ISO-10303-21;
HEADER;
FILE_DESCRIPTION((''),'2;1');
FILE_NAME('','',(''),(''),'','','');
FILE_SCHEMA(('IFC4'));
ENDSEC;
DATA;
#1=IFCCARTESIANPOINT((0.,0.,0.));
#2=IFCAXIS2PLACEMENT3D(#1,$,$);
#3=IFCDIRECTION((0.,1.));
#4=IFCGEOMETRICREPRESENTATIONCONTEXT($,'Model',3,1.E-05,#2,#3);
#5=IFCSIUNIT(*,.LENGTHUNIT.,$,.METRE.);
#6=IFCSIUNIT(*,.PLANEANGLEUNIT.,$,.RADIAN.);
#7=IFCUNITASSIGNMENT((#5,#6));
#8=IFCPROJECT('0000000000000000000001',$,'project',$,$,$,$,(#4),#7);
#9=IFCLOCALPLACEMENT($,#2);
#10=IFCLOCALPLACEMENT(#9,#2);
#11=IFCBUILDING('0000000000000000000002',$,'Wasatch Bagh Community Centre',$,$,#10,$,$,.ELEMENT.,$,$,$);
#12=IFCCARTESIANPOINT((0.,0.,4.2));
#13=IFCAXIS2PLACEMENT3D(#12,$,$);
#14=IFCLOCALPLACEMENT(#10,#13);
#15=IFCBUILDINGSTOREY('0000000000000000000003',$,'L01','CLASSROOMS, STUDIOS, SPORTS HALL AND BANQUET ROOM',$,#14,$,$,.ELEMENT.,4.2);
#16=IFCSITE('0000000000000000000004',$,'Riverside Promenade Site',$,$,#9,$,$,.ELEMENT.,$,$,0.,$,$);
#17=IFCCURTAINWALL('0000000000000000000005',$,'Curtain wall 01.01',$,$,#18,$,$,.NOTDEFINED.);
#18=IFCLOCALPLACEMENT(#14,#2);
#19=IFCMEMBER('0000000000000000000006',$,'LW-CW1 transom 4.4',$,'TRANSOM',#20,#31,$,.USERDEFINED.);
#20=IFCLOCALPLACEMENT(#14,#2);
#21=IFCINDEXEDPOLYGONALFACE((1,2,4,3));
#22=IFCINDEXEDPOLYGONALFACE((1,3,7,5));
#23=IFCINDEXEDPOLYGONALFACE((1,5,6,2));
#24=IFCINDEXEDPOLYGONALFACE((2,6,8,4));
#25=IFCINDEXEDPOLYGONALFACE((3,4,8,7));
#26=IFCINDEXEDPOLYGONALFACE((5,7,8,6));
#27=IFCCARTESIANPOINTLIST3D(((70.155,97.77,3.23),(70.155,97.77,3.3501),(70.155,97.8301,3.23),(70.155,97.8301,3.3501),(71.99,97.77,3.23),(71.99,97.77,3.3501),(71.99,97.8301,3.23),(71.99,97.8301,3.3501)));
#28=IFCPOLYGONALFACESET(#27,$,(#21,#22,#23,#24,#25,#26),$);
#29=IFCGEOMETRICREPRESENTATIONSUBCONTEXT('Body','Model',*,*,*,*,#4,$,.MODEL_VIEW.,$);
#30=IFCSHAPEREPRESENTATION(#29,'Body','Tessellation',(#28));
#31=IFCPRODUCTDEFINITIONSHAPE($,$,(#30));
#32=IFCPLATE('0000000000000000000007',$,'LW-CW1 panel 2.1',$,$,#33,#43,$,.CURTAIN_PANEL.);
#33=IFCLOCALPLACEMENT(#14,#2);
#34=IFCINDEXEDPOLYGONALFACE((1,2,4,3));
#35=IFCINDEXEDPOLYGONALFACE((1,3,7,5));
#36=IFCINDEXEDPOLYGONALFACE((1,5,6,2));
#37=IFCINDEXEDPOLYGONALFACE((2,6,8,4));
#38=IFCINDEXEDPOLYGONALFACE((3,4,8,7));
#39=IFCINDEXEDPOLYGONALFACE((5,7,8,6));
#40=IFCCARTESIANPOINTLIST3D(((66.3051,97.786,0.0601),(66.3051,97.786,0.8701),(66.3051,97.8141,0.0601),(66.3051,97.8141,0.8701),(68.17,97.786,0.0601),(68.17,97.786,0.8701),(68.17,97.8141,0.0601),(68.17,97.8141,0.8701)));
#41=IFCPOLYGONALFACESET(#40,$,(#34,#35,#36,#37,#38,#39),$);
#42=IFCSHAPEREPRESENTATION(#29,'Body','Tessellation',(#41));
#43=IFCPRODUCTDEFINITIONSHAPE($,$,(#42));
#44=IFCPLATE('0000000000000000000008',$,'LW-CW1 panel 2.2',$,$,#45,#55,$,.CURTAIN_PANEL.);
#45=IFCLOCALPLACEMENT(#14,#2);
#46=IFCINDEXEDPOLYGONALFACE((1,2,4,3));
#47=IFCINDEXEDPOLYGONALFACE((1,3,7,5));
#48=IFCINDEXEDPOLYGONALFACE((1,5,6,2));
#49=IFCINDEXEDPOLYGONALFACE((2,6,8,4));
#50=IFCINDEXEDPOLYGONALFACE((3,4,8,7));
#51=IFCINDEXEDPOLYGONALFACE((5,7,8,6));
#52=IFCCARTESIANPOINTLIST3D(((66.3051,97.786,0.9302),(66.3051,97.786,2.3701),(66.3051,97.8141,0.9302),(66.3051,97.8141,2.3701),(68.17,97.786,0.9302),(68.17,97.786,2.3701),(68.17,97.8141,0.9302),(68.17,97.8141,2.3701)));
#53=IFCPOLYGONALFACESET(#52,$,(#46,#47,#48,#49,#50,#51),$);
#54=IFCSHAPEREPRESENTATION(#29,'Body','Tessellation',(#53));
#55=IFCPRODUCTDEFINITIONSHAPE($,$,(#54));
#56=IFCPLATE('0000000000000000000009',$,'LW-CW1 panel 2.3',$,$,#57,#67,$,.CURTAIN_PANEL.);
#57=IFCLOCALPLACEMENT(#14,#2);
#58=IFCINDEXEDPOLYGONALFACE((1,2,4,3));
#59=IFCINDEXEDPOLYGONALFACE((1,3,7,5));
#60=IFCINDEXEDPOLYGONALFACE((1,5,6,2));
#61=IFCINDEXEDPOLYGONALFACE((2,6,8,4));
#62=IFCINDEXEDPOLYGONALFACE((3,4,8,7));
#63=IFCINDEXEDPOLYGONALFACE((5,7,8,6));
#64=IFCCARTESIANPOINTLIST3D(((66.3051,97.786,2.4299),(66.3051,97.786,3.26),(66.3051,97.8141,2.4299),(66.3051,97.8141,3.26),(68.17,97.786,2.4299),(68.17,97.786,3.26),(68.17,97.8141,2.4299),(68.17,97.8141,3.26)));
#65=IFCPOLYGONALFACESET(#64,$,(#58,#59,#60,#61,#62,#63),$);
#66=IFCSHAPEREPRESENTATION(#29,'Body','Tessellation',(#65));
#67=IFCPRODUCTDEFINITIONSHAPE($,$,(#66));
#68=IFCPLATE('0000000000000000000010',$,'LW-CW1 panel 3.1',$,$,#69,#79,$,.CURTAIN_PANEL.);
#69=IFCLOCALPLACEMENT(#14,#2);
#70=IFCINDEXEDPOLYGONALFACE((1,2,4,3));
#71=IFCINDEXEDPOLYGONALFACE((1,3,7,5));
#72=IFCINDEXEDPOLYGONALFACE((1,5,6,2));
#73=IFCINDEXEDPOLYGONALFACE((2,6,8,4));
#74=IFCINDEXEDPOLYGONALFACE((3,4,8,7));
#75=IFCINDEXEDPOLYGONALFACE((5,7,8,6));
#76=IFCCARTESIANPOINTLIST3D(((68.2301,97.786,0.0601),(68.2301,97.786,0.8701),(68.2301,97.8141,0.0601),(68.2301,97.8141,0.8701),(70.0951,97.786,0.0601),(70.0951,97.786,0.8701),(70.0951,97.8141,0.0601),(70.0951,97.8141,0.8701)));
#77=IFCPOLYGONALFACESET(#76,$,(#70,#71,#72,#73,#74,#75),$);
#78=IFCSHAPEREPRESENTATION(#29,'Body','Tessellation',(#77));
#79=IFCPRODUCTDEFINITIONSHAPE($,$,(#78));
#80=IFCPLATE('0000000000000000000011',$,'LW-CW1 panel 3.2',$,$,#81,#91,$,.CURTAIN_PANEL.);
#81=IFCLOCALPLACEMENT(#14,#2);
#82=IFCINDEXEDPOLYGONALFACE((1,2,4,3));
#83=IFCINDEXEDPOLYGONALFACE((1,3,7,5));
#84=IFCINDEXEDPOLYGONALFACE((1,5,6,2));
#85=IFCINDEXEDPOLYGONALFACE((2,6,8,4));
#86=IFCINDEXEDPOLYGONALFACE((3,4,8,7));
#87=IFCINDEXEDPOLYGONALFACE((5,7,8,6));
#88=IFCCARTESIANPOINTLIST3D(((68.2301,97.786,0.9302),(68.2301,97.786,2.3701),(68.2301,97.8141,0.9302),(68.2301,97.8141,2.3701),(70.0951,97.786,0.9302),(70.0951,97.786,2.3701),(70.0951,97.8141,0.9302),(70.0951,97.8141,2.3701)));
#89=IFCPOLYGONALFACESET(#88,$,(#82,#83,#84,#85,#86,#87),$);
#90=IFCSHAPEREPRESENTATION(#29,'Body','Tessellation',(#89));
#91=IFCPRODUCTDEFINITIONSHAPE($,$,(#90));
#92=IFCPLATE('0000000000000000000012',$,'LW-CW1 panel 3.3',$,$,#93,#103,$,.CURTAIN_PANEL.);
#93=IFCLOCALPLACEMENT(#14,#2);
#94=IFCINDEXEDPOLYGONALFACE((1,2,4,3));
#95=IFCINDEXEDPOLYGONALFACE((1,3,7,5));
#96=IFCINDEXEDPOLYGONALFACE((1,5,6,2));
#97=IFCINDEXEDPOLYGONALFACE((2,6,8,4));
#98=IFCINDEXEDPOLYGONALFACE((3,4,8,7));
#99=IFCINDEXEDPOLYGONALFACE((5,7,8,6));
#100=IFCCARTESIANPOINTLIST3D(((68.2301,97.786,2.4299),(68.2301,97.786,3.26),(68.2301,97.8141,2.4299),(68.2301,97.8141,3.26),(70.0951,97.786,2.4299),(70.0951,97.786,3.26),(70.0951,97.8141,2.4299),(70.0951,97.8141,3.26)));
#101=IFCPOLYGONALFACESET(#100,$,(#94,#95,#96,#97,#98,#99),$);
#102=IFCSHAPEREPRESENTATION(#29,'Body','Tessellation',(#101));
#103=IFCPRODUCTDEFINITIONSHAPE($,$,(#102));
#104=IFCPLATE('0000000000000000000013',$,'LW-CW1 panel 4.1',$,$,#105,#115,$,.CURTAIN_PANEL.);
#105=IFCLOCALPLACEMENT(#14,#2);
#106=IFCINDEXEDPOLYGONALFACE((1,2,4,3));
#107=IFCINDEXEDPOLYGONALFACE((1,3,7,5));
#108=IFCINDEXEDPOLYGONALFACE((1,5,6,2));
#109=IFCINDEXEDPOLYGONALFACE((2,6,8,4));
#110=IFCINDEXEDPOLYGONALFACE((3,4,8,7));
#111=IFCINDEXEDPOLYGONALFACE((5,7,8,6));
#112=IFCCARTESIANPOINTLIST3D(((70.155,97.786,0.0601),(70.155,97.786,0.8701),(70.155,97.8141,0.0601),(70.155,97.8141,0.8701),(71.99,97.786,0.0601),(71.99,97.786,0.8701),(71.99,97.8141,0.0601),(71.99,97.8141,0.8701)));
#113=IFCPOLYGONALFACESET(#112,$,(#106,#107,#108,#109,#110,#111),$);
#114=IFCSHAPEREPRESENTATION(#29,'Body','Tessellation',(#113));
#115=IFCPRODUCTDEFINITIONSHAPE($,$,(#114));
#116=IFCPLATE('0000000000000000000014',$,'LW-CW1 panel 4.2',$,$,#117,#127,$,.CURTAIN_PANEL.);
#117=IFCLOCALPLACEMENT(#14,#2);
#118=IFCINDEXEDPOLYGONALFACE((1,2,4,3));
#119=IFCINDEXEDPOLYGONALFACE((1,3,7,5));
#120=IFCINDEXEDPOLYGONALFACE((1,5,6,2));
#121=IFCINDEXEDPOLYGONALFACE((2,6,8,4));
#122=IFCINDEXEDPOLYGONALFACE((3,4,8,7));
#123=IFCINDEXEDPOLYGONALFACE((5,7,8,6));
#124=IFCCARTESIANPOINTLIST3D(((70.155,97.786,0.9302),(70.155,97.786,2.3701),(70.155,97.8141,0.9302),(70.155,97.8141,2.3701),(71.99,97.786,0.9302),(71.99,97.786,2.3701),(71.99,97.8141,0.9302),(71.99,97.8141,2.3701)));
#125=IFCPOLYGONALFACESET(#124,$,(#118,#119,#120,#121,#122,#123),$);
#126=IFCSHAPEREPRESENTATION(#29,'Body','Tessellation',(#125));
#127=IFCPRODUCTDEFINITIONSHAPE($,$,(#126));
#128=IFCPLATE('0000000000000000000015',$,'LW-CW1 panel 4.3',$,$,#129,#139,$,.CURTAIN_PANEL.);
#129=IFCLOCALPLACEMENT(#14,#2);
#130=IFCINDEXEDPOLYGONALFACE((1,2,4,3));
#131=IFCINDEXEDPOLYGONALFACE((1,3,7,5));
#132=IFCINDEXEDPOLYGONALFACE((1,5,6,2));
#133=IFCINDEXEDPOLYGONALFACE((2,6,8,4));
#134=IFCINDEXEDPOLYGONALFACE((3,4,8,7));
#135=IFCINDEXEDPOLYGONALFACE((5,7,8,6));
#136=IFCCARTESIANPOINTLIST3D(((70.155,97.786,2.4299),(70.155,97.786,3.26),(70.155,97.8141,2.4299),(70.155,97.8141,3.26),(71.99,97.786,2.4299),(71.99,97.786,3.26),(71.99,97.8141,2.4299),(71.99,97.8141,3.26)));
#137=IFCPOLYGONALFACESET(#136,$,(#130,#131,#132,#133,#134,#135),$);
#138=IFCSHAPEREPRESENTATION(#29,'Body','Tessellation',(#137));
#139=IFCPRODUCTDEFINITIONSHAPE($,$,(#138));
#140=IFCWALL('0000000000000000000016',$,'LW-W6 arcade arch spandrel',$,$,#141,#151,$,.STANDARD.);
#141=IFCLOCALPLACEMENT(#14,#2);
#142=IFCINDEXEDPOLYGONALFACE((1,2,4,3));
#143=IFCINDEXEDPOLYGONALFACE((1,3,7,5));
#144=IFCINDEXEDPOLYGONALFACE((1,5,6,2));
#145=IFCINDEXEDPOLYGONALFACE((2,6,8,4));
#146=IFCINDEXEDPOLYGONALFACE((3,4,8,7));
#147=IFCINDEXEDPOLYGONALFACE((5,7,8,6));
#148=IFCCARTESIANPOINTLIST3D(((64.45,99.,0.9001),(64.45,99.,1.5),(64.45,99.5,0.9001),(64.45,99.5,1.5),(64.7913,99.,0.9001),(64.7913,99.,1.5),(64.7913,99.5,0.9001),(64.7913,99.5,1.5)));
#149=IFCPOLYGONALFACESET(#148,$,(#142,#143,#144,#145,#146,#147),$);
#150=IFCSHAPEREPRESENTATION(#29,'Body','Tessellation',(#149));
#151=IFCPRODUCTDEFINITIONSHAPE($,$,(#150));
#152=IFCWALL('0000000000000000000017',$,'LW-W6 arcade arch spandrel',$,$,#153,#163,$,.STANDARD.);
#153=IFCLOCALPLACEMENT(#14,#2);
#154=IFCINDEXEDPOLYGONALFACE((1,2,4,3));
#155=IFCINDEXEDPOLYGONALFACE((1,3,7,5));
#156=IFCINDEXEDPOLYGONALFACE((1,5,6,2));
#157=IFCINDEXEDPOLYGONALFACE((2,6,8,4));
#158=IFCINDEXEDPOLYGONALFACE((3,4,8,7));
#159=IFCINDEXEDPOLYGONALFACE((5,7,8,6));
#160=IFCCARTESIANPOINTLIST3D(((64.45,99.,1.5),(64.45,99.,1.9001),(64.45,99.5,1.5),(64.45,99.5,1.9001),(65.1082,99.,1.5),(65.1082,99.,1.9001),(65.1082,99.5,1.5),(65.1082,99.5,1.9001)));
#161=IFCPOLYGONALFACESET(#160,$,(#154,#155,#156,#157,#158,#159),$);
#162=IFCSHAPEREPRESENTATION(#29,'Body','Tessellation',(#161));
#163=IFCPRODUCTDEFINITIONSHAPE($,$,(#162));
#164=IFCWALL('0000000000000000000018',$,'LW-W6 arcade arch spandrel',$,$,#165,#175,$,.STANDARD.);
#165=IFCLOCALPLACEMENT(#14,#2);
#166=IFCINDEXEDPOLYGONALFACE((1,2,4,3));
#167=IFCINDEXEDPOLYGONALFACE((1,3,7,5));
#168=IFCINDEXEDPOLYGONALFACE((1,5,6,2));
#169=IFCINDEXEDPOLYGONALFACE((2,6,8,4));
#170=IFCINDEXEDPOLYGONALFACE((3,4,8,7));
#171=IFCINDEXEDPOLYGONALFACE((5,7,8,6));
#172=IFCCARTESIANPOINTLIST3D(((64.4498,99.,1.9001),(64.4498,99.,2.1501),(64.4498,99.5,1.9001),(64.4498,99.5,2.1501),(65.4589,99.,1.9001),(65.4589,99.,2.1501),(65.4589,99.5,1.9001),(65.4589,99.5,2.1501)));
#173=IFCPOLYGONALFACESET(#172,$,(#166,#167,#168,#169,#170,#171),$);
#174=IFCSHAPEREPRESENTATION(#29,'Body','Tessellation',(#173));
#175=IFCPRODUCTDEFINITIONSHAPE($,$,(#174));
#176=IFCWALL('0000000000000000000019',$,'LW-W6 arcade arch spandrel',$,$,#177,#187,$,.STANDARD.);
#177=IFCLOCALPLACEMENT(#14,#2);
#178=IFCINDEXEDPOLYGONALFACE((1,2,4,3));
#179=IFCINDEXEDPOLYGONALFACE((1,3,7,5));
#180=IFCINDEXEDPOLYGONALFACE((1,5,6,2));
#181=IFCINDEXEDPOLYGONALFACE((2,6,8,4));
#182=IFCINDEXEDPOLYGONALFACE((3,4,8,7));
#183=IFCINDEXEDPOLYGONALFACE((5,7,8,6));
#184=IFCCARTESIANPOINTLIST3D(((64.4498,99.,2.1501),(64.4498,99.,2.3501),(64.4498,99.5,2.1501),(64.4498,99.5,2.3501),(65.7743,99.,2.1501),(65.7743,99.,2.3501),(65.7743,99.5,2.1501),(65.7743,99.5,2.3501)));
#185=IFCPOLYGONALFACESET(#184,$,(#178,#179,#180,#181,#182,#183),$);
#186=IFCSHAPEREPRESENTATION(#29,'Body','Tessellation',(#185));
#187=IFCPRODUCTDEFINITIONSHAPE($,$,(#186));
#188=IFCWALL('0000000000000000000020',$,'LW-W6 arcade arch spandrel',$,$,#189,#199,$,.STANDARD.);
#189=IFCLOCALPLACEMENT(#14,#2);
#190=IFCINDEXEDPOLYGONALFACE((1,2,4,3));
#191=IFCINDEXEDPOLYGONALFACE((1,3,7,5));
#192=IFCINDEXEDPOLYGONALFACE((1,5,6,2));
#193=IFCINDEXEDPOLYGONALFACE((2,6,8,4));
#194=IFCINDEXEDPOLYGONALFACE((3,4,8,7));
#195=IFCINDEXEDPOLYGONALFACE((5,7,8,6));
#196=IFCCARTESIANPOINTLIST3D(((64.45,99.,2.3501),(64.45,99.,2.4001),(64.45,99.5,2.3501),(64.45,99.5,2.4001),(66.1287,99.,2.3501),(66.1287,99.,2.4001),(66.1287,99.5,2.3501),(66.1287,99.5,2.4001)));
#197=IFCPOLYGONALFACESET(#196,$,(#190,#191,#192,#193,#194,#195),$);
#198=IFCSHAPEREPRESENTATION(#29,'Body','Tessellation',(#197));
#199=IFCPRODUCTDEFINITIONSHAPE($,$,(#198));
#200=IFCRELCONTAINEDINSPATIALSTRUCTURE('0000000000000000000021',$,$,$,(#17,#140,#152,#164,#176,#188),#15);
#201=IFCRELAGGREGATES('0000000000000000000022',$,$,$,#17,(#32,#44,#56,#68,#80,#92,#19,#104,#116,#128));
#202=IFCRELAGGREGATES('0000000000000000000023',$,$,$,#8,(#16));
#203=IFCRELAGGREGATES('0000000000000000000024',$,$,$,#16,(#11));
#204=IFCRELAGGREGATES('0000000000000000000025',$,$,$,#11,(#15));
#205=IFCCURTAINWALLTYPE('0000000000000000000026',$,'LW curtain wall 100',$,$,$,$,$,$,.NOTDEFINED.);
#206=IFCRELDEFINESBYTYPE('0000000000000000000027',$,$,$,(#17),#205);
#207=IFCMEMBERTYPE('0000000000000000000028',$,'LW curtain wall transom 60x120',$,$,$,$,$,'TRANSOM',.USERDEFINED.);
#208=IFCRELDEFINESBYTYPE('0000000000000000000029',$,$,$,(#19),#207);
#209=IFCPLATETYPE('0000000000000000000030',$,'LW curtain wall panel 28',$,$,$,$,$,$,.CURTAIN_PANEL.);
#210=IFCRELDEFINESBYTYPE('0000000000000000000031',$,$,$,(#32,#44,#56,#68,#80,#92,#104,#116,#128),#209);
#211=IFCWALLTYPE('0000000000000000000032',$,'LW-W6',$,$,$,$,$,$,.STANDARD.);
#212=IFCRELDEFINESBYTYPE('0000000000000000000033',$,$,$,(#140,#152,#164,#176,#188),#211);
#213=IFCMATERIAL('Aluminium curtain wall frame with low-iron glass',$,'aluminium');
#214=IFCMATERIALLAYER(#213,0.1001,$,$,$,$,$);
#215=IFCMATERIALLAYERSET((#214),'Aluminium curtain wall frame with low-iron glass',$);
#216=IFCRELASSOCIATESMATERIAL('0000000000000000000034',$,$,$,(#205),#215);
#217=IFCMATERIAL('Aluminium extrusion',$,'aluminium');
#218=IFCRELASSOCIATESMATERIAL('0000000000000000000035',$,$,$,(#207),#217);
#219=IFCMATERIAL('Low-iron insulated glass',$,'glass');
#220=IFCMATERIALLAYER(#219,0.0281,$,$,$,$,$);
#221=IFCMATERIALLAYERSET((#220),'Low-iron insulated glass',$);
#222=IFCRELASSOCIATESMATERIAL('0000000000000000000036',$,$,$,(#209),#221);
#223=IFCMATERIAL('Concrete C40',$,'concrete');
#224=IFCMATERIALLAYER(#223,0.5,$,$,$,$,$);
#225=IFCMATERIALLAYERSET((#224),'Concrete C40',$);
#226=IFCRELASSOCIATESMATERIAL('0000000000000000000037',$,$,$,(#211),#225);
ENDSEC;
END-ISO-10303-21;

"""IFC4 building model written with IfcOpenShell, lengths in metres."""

from ifc_helpers import new_model, si_unit, direction, frame, frame_2d, origin, origin_2d, place, context, subcontext, project, spatial, rectangle, extrude, material, layer, layer_set, material_profile, profile_set, type_object, element, aggregate, save


model = new_model("IFC4")

# Units and contexts
model_context = context("Model", 3, precision=1e-05, world=origin(), true_north=direction((0.0, 1.0)))
body_context = subcontext(model_context, "Body", "Model", "MODEL_VIEW")
ifc_project = project(units=[si_unit("LENGTHUNIT", "METRE"), si_unit("PLANEANGLEUNIT", "RADIAN")], contexts=[model_context])

# Site, building, storey
site_placement = place(None, origin())
site = spatial("IfcSite", under=ifc_project, at=site_placement, Name="Riverside Promenade Site", CompositionType="ELEMENT", RefElevation=0.0)
building_placement = place(site_placement, origin())
building = spatial("IfcBuilding", under=site, at=building_placement, Name="Wasatch Bagh Community Centre", CompositionType="ELEMENT")
storey_placement = place(building_placement, frame((0.0, 0.0, 4.2)))
storey = spatial("IfcBuildingStorey", under=building, at=storey_placement, Name="L01", Description="CLASSROOMS, STUDIOS, SPORTS HALL AND BANQUET ROOM", CompositionType="ELEMENT", Elevation=4.2)

# Shared definitions
ifc_material_1 = material(Name="Concrete C40", Category="concrete")

# Curtain wall, member, plates
ifc_material_2 = material(Name="Aluminium curtain wall frame with low-iron glass", Category="aluminium")
ifc_layer_1 = layer(ifc_material_2, 0.1001)
ifc_layer_set_1 = layer_set([ifc_layer_1], Name="Aluminium curtain wall frame with low-iron glass")
curtain_wall_type = type_object("IfcCurtainWallType", Name="LW curtain wall 100", PredefinedType="NOTDEFINED", material=ifc_layer_set_1)
curtain_wall_placement = place(storey_placement, origin())
curtain_wall = element("IfcCurtainWall", 1, at=curtain_wall_placement, inside=storey, type_object=curtain_wall_type, Name="Curtain wall 01.01", PredefinedType="NOTDEFINED")
ifc_material_3 = material(Name="Aluminium extrusion", Category="aluminium")
ifc_material_profile_1 = material_profile(ifc_material_3, rectangle(XDim=0.0601, YDim=0.1201, at=origin_2d()), Name="AL 60x120")
ifc_profile_set_1 = profile_set([ifc_material_profile_1], Name="Aluminium extrusion")
member_type_1 = type_object("IfcMemberType", Name="LW curtain wall transom 60x120", ElementType="TRANSOM", PredefinedType="USERDEFINED", material=ifc_profile_set_1)
member_1_placement = place(storey_placement, frame((70.155, 97.8, 3.29), z_axis=(1.0, 0.0, 0.0), x_axis=(0.0, 1.0, 0.0)))
member_1 = element("IfcMember", 2, at=member_1_placement, type_object=member_type_1, Name="LW-CW1 transom 4.4", ObjectType="TRANSOM", PredefinedType="USERDEFINED", context=body_context, shape_type="SweptSolid", body=[
    extrude(rectangle(XDim=0.0601, YDim=0.1201, at=origin_2d()), origin(), (0.0, 0.0, 1.0), 1.835),
])
ifc_material_4 = material(Name="Low-iron insulated glass", Category="glass")
ifc_layer_2 = layer(ifc_material_4, 0.0281)
ifc_layer_set_2 = layer_set([ifc_layer_2], Name="Low-iron insulated glass")
plate_type = type_object("IfcPlateType", Name="LW curtain wall panel 28", PredefinedType="CURTAIN_PANEL", material=ifc_layer_set_2)
plate_1_placement = place(storey_placement, frame((67.2375, 97.8, 0.0601), z_axis=(0.0, 0.0, 1.0), x_axis=(1.0, 0.0, 0.0)))
plate_1 = element("IfcPlate", 3, at=plate_1_placement, type_object=plate_type, Name="LW-CW1 panel 2.1", PredefinedType="CURTAIN_PANEL", context=body_context, shape_type="SweptSolid", body=[
    extrude(rectangle(XDim=1.865, YDim=0.0281, at=origin_2d()), origin(), (0.0, 0.0, 1.0), 0.8101),
])
plate_2_placement = place(storey_placement, frame((67.2375, 97.8, 0.9302), z_axis=(0.0, 0.0, 1.0), x_axis=(1.0, 0.0, 0.0)))
plate_2 = element("IfcPlate", 4, at=plate_2_placement, type_object=plate_type, Name="LW-CW1 panel 2.2", PredefinedType="CURTAIN_PANEL", context=body_context, shape_type="SweptSolid", body=[
    extrude(rectangle(XDim=1.865, YDim=0.0281, at=origin_2d()), origin(), (0.0, 0.0, 1.0), 1.4399),
])
plate_3_placement = place(storey_placement, frame((67.2375, 97.8, 2.4299), z_axis=(0.0, 0.0, 1.0), x_axis=(1.0, 0.0, 0.0)))
plate_3 = element("IfcPlate", 5, at=plate_3_placement, type_object=plate_type, Name="LW-CW1 panel 2.3", PredefinedType="CURTAIN_PANEL", context=body_context, shape_type="SweptSolid", body=[
    extrude(rectangle(XDim=1.865, YDim=0.0281, at=origin_2d()), origin(), (0.0, 0.0, 1.0), 0.8301),
])
plate_4_placement = place(storey_placement, frame((69.1626, 97.8, 0.0601), z_axis=(0.0, 0.0, 1.0), x_axis=(1.0, 0.0, 0.0)))
plate_4 = element("IfcPlate", 6, at=plate_4_placement, type_object=plate_type, Name="LW-CW1 panel 3.1", PredefinedType="CURTAIN_PANEL", context=body_context, shape_type="SweptSolid", body=[
    extrude(rectangle(XDim=1.865, YDim=0.0281, at=origin_2d()), origin(), (0.0, 0.0, 1.0), 0.8101),
])
plate_5_placement = place(storey_placement, frame((69.1626, 97.8, 0.9302), z_axis=(0.0, 0.0, 1.0), x_axis=(1.0, 0.0, 0.0)))
plate_5 = element("IfcPlate", 7, at=plate_5_placement, type_object=plate_type, Name="LW-CW1 panel 3.2", PredefinedType="CURTAIN_PANEL", context=body_context, shape_type="SweptSolid", body=[
    extrude(rectangle(XDim=1.865, YDim=0.0281, at=origin_2d()), origin(), (0.0, 0.0, 1.0), 1.4399),
])
plate_6_placement = place(storey_placement, frame((69.1626, 97.8, 2.4299), z_axis=(0.0, 0.0, 1.0), x_axis=(1.0, 0.0, 0.0)))
plate_6 = element("IfcPlate", 8, at=plate_6_placement, type_object=plate_type, Name="LW-CW1 panel 3.3", PredefinedType="CURTAIN_PANEL", context=body_context, shape_type="SweptSolid", body=[
    extrude(rectangle(XDim=1.865, YDim=0.0281, at=origin_2d()), origin(), (0.0, 0.0, 1.0), 0.8301),
])
plate_7_placement = place(storey_placement, frame((71.0725, 97.8, 0.0601), z_axis=(0.0, 0.0, 1.0), x_axis=(1.0, 0.0, 0.0)))
plate_7 = element("IfcPlate", 9, at=plate_7_placement, type_object=plate_type, Name="LW-CW1 panel 4.1", PredefinedType="CURTAIN_PANEL", context=body_context, shape_type="SweptSolid", body=[
    extrude(rectangle(XDim=1.835, YDim=0.0281, at=origin_2d()), origin(), (0.0, 0.0, 1.0), 0.8101),
])
plate_8_placement = place(storey_placement, frame((71.0725, 97.8, 0.9302), z_axis=(0.0, 0.0, 1.0), x_axis=(1.0, 0.0, 0.0)))
plate_8 = element("IfcPlate", 10, at=plate_8_placement, type_object=plate_type, Name="LW-CW1 panel 4.2", PredefinedType="CURTAIN_PANEL", context=body_context, shape_type="SweptSolid", body=[
    extrude(rectangle(XDim=1.835, YDim=0.0281, at=origin_2d()), origin(), (0.0, 0.0, 1.0), 1.4399),
])
plate_9_placement = place(storey_placement, frame((71.0725, 97.8, 2.4299), z_axis=(0.0, 0.0, 1.0), x_axis=(1.0, 0.0, 0.0)))
plate_9 = element("IfcPlate", 11, at=plate_9_placement, type_object=plate_type, Name="LW-CW1 panel 4.3", PredefinedType="CURTAIN_PANEL", context=body_context, shape_type="SweptSolid", body=[
    extrude(rectangle(XDim=1.835, YDim=0.0281, at=origin_2d()), origin(), (0.0, 0.0, 1.0), 0.8301),
])
aggregate(curtain_wall, [plate_1, plate_2, plate_3, plate_4, plate_5, plate_6, member_1, plate_7, plate_8, plate_9])

# Walls
ifc_layer_3 = layer(ifc_material_1, 0.5)
ifc_layer_set_3 = layer_set([ifc_layer_3], Name="Concrete C40")
wall_type = type_object("IfcWallType", Name="LW-W6", PredefinedType="STANDARD", material=ifc_layer_set_3)
wall_1_placement = place(storey_placement, frame((64.45, 99.25, 0.9001), z_axis=(0.0, 0.0, 1.0), x_axis=(1.0, 0.0, 0.0)))
element("IfcWall", 12, at=wall_1_placement, inside=storey, type_object=wall_type, Name="LW-W6 arcade arch spandrel", PredefinedType="STANDARD", context=body_context, shape_type="SweptSolid", body=[
    extrude(rectangle(XDim=0.3413, YDim=0.5, at=frame_2d((0.1707, 0.0))), origin(), (0.0, 0.0, 1.0), 0.5999),
])
wall_2_placement = place(storey_placement, frame((64.45, 99.25, 1.5), z_axis=(0.0, 0.0, 1.0), x_axis=(1.0, 0.0, 0.0)))
element("IfcWall", 13, at=wall_2_placement, inside=storey, type_object=wall_type, Name="LW-W6 arcade arch spandrel", PredefinedType="STANDARD", context=body_context, shape_type="SweptSolid", body=[
    extrude(rectangle(XDim=0.6582, YDim=0.5, at=frame_2d((0.3291, 0.0))), origin(), (0.0, 0.0, 1.0), 0.4001),
])
wall_3_placement = place(storey_placement, frame((64.45, 99.25, 1.9001), z_axis=(0.0, 0.0, 1.0), x_axis=(1.0, 0.0, 0.0)))
element("IfcWall", 14, at=wall_3_placement, inside=storey, type_object=wall_type, Name="LW-W6 arcade arch spandrel", PredefinedType="STANDARD", context=body_context, shape_type="SweptSolid", body=[
    extrude(rectangle(XDim=1.009, YDim=0.5, at=frame_2d((0.5044, 0.0))), origin(), (0.0, 0.0, 1.0), 0.25),
])
wall_4_placement = place(storey_placement, frame((64.45, 99.25, 2.1501), z_axis=(0.0, 0.0, 1.0), x_axis=(1.0, 0.0, 0.0)))
element("IfcWall", 15, at=wall_4_placement, inside=storey, type_object=wall_type, Name="LW-W6 arcade arch spandrel", PredefinedType="STANDARD", context=body_context, shape_type="SweptSolid", body=[
    extrude(rectangle(XDim=1.3245, YDim=0.5, at=frame_2d((0.6621, 0.0))), origin(), (0.0, 0.0, 1.0), 0.2),
])
wall_5_placement = place(storey_placement, frame((64.45, 99.25, 2.3501), z_axis=(0.0, 0.0, 1.0), x_axis=(1.0, 0.0, 0.0)))
element("IfcWall", 16, at=wall_5_placement, inside=storey, type_object=wall_type, Name="LW-W6 arcade arch spandrel", PredefinedType="STANDARD", context=body_context, shape_type="SweptSolid", body=[
    extrude(rectangle(XDim=1.6787, YDim=0.5, at=frame_2d((0.8394, 0.0))), origin(), (0.0, 0.0, 1.0), 0.05),
])

save(model, "model.ifc")
